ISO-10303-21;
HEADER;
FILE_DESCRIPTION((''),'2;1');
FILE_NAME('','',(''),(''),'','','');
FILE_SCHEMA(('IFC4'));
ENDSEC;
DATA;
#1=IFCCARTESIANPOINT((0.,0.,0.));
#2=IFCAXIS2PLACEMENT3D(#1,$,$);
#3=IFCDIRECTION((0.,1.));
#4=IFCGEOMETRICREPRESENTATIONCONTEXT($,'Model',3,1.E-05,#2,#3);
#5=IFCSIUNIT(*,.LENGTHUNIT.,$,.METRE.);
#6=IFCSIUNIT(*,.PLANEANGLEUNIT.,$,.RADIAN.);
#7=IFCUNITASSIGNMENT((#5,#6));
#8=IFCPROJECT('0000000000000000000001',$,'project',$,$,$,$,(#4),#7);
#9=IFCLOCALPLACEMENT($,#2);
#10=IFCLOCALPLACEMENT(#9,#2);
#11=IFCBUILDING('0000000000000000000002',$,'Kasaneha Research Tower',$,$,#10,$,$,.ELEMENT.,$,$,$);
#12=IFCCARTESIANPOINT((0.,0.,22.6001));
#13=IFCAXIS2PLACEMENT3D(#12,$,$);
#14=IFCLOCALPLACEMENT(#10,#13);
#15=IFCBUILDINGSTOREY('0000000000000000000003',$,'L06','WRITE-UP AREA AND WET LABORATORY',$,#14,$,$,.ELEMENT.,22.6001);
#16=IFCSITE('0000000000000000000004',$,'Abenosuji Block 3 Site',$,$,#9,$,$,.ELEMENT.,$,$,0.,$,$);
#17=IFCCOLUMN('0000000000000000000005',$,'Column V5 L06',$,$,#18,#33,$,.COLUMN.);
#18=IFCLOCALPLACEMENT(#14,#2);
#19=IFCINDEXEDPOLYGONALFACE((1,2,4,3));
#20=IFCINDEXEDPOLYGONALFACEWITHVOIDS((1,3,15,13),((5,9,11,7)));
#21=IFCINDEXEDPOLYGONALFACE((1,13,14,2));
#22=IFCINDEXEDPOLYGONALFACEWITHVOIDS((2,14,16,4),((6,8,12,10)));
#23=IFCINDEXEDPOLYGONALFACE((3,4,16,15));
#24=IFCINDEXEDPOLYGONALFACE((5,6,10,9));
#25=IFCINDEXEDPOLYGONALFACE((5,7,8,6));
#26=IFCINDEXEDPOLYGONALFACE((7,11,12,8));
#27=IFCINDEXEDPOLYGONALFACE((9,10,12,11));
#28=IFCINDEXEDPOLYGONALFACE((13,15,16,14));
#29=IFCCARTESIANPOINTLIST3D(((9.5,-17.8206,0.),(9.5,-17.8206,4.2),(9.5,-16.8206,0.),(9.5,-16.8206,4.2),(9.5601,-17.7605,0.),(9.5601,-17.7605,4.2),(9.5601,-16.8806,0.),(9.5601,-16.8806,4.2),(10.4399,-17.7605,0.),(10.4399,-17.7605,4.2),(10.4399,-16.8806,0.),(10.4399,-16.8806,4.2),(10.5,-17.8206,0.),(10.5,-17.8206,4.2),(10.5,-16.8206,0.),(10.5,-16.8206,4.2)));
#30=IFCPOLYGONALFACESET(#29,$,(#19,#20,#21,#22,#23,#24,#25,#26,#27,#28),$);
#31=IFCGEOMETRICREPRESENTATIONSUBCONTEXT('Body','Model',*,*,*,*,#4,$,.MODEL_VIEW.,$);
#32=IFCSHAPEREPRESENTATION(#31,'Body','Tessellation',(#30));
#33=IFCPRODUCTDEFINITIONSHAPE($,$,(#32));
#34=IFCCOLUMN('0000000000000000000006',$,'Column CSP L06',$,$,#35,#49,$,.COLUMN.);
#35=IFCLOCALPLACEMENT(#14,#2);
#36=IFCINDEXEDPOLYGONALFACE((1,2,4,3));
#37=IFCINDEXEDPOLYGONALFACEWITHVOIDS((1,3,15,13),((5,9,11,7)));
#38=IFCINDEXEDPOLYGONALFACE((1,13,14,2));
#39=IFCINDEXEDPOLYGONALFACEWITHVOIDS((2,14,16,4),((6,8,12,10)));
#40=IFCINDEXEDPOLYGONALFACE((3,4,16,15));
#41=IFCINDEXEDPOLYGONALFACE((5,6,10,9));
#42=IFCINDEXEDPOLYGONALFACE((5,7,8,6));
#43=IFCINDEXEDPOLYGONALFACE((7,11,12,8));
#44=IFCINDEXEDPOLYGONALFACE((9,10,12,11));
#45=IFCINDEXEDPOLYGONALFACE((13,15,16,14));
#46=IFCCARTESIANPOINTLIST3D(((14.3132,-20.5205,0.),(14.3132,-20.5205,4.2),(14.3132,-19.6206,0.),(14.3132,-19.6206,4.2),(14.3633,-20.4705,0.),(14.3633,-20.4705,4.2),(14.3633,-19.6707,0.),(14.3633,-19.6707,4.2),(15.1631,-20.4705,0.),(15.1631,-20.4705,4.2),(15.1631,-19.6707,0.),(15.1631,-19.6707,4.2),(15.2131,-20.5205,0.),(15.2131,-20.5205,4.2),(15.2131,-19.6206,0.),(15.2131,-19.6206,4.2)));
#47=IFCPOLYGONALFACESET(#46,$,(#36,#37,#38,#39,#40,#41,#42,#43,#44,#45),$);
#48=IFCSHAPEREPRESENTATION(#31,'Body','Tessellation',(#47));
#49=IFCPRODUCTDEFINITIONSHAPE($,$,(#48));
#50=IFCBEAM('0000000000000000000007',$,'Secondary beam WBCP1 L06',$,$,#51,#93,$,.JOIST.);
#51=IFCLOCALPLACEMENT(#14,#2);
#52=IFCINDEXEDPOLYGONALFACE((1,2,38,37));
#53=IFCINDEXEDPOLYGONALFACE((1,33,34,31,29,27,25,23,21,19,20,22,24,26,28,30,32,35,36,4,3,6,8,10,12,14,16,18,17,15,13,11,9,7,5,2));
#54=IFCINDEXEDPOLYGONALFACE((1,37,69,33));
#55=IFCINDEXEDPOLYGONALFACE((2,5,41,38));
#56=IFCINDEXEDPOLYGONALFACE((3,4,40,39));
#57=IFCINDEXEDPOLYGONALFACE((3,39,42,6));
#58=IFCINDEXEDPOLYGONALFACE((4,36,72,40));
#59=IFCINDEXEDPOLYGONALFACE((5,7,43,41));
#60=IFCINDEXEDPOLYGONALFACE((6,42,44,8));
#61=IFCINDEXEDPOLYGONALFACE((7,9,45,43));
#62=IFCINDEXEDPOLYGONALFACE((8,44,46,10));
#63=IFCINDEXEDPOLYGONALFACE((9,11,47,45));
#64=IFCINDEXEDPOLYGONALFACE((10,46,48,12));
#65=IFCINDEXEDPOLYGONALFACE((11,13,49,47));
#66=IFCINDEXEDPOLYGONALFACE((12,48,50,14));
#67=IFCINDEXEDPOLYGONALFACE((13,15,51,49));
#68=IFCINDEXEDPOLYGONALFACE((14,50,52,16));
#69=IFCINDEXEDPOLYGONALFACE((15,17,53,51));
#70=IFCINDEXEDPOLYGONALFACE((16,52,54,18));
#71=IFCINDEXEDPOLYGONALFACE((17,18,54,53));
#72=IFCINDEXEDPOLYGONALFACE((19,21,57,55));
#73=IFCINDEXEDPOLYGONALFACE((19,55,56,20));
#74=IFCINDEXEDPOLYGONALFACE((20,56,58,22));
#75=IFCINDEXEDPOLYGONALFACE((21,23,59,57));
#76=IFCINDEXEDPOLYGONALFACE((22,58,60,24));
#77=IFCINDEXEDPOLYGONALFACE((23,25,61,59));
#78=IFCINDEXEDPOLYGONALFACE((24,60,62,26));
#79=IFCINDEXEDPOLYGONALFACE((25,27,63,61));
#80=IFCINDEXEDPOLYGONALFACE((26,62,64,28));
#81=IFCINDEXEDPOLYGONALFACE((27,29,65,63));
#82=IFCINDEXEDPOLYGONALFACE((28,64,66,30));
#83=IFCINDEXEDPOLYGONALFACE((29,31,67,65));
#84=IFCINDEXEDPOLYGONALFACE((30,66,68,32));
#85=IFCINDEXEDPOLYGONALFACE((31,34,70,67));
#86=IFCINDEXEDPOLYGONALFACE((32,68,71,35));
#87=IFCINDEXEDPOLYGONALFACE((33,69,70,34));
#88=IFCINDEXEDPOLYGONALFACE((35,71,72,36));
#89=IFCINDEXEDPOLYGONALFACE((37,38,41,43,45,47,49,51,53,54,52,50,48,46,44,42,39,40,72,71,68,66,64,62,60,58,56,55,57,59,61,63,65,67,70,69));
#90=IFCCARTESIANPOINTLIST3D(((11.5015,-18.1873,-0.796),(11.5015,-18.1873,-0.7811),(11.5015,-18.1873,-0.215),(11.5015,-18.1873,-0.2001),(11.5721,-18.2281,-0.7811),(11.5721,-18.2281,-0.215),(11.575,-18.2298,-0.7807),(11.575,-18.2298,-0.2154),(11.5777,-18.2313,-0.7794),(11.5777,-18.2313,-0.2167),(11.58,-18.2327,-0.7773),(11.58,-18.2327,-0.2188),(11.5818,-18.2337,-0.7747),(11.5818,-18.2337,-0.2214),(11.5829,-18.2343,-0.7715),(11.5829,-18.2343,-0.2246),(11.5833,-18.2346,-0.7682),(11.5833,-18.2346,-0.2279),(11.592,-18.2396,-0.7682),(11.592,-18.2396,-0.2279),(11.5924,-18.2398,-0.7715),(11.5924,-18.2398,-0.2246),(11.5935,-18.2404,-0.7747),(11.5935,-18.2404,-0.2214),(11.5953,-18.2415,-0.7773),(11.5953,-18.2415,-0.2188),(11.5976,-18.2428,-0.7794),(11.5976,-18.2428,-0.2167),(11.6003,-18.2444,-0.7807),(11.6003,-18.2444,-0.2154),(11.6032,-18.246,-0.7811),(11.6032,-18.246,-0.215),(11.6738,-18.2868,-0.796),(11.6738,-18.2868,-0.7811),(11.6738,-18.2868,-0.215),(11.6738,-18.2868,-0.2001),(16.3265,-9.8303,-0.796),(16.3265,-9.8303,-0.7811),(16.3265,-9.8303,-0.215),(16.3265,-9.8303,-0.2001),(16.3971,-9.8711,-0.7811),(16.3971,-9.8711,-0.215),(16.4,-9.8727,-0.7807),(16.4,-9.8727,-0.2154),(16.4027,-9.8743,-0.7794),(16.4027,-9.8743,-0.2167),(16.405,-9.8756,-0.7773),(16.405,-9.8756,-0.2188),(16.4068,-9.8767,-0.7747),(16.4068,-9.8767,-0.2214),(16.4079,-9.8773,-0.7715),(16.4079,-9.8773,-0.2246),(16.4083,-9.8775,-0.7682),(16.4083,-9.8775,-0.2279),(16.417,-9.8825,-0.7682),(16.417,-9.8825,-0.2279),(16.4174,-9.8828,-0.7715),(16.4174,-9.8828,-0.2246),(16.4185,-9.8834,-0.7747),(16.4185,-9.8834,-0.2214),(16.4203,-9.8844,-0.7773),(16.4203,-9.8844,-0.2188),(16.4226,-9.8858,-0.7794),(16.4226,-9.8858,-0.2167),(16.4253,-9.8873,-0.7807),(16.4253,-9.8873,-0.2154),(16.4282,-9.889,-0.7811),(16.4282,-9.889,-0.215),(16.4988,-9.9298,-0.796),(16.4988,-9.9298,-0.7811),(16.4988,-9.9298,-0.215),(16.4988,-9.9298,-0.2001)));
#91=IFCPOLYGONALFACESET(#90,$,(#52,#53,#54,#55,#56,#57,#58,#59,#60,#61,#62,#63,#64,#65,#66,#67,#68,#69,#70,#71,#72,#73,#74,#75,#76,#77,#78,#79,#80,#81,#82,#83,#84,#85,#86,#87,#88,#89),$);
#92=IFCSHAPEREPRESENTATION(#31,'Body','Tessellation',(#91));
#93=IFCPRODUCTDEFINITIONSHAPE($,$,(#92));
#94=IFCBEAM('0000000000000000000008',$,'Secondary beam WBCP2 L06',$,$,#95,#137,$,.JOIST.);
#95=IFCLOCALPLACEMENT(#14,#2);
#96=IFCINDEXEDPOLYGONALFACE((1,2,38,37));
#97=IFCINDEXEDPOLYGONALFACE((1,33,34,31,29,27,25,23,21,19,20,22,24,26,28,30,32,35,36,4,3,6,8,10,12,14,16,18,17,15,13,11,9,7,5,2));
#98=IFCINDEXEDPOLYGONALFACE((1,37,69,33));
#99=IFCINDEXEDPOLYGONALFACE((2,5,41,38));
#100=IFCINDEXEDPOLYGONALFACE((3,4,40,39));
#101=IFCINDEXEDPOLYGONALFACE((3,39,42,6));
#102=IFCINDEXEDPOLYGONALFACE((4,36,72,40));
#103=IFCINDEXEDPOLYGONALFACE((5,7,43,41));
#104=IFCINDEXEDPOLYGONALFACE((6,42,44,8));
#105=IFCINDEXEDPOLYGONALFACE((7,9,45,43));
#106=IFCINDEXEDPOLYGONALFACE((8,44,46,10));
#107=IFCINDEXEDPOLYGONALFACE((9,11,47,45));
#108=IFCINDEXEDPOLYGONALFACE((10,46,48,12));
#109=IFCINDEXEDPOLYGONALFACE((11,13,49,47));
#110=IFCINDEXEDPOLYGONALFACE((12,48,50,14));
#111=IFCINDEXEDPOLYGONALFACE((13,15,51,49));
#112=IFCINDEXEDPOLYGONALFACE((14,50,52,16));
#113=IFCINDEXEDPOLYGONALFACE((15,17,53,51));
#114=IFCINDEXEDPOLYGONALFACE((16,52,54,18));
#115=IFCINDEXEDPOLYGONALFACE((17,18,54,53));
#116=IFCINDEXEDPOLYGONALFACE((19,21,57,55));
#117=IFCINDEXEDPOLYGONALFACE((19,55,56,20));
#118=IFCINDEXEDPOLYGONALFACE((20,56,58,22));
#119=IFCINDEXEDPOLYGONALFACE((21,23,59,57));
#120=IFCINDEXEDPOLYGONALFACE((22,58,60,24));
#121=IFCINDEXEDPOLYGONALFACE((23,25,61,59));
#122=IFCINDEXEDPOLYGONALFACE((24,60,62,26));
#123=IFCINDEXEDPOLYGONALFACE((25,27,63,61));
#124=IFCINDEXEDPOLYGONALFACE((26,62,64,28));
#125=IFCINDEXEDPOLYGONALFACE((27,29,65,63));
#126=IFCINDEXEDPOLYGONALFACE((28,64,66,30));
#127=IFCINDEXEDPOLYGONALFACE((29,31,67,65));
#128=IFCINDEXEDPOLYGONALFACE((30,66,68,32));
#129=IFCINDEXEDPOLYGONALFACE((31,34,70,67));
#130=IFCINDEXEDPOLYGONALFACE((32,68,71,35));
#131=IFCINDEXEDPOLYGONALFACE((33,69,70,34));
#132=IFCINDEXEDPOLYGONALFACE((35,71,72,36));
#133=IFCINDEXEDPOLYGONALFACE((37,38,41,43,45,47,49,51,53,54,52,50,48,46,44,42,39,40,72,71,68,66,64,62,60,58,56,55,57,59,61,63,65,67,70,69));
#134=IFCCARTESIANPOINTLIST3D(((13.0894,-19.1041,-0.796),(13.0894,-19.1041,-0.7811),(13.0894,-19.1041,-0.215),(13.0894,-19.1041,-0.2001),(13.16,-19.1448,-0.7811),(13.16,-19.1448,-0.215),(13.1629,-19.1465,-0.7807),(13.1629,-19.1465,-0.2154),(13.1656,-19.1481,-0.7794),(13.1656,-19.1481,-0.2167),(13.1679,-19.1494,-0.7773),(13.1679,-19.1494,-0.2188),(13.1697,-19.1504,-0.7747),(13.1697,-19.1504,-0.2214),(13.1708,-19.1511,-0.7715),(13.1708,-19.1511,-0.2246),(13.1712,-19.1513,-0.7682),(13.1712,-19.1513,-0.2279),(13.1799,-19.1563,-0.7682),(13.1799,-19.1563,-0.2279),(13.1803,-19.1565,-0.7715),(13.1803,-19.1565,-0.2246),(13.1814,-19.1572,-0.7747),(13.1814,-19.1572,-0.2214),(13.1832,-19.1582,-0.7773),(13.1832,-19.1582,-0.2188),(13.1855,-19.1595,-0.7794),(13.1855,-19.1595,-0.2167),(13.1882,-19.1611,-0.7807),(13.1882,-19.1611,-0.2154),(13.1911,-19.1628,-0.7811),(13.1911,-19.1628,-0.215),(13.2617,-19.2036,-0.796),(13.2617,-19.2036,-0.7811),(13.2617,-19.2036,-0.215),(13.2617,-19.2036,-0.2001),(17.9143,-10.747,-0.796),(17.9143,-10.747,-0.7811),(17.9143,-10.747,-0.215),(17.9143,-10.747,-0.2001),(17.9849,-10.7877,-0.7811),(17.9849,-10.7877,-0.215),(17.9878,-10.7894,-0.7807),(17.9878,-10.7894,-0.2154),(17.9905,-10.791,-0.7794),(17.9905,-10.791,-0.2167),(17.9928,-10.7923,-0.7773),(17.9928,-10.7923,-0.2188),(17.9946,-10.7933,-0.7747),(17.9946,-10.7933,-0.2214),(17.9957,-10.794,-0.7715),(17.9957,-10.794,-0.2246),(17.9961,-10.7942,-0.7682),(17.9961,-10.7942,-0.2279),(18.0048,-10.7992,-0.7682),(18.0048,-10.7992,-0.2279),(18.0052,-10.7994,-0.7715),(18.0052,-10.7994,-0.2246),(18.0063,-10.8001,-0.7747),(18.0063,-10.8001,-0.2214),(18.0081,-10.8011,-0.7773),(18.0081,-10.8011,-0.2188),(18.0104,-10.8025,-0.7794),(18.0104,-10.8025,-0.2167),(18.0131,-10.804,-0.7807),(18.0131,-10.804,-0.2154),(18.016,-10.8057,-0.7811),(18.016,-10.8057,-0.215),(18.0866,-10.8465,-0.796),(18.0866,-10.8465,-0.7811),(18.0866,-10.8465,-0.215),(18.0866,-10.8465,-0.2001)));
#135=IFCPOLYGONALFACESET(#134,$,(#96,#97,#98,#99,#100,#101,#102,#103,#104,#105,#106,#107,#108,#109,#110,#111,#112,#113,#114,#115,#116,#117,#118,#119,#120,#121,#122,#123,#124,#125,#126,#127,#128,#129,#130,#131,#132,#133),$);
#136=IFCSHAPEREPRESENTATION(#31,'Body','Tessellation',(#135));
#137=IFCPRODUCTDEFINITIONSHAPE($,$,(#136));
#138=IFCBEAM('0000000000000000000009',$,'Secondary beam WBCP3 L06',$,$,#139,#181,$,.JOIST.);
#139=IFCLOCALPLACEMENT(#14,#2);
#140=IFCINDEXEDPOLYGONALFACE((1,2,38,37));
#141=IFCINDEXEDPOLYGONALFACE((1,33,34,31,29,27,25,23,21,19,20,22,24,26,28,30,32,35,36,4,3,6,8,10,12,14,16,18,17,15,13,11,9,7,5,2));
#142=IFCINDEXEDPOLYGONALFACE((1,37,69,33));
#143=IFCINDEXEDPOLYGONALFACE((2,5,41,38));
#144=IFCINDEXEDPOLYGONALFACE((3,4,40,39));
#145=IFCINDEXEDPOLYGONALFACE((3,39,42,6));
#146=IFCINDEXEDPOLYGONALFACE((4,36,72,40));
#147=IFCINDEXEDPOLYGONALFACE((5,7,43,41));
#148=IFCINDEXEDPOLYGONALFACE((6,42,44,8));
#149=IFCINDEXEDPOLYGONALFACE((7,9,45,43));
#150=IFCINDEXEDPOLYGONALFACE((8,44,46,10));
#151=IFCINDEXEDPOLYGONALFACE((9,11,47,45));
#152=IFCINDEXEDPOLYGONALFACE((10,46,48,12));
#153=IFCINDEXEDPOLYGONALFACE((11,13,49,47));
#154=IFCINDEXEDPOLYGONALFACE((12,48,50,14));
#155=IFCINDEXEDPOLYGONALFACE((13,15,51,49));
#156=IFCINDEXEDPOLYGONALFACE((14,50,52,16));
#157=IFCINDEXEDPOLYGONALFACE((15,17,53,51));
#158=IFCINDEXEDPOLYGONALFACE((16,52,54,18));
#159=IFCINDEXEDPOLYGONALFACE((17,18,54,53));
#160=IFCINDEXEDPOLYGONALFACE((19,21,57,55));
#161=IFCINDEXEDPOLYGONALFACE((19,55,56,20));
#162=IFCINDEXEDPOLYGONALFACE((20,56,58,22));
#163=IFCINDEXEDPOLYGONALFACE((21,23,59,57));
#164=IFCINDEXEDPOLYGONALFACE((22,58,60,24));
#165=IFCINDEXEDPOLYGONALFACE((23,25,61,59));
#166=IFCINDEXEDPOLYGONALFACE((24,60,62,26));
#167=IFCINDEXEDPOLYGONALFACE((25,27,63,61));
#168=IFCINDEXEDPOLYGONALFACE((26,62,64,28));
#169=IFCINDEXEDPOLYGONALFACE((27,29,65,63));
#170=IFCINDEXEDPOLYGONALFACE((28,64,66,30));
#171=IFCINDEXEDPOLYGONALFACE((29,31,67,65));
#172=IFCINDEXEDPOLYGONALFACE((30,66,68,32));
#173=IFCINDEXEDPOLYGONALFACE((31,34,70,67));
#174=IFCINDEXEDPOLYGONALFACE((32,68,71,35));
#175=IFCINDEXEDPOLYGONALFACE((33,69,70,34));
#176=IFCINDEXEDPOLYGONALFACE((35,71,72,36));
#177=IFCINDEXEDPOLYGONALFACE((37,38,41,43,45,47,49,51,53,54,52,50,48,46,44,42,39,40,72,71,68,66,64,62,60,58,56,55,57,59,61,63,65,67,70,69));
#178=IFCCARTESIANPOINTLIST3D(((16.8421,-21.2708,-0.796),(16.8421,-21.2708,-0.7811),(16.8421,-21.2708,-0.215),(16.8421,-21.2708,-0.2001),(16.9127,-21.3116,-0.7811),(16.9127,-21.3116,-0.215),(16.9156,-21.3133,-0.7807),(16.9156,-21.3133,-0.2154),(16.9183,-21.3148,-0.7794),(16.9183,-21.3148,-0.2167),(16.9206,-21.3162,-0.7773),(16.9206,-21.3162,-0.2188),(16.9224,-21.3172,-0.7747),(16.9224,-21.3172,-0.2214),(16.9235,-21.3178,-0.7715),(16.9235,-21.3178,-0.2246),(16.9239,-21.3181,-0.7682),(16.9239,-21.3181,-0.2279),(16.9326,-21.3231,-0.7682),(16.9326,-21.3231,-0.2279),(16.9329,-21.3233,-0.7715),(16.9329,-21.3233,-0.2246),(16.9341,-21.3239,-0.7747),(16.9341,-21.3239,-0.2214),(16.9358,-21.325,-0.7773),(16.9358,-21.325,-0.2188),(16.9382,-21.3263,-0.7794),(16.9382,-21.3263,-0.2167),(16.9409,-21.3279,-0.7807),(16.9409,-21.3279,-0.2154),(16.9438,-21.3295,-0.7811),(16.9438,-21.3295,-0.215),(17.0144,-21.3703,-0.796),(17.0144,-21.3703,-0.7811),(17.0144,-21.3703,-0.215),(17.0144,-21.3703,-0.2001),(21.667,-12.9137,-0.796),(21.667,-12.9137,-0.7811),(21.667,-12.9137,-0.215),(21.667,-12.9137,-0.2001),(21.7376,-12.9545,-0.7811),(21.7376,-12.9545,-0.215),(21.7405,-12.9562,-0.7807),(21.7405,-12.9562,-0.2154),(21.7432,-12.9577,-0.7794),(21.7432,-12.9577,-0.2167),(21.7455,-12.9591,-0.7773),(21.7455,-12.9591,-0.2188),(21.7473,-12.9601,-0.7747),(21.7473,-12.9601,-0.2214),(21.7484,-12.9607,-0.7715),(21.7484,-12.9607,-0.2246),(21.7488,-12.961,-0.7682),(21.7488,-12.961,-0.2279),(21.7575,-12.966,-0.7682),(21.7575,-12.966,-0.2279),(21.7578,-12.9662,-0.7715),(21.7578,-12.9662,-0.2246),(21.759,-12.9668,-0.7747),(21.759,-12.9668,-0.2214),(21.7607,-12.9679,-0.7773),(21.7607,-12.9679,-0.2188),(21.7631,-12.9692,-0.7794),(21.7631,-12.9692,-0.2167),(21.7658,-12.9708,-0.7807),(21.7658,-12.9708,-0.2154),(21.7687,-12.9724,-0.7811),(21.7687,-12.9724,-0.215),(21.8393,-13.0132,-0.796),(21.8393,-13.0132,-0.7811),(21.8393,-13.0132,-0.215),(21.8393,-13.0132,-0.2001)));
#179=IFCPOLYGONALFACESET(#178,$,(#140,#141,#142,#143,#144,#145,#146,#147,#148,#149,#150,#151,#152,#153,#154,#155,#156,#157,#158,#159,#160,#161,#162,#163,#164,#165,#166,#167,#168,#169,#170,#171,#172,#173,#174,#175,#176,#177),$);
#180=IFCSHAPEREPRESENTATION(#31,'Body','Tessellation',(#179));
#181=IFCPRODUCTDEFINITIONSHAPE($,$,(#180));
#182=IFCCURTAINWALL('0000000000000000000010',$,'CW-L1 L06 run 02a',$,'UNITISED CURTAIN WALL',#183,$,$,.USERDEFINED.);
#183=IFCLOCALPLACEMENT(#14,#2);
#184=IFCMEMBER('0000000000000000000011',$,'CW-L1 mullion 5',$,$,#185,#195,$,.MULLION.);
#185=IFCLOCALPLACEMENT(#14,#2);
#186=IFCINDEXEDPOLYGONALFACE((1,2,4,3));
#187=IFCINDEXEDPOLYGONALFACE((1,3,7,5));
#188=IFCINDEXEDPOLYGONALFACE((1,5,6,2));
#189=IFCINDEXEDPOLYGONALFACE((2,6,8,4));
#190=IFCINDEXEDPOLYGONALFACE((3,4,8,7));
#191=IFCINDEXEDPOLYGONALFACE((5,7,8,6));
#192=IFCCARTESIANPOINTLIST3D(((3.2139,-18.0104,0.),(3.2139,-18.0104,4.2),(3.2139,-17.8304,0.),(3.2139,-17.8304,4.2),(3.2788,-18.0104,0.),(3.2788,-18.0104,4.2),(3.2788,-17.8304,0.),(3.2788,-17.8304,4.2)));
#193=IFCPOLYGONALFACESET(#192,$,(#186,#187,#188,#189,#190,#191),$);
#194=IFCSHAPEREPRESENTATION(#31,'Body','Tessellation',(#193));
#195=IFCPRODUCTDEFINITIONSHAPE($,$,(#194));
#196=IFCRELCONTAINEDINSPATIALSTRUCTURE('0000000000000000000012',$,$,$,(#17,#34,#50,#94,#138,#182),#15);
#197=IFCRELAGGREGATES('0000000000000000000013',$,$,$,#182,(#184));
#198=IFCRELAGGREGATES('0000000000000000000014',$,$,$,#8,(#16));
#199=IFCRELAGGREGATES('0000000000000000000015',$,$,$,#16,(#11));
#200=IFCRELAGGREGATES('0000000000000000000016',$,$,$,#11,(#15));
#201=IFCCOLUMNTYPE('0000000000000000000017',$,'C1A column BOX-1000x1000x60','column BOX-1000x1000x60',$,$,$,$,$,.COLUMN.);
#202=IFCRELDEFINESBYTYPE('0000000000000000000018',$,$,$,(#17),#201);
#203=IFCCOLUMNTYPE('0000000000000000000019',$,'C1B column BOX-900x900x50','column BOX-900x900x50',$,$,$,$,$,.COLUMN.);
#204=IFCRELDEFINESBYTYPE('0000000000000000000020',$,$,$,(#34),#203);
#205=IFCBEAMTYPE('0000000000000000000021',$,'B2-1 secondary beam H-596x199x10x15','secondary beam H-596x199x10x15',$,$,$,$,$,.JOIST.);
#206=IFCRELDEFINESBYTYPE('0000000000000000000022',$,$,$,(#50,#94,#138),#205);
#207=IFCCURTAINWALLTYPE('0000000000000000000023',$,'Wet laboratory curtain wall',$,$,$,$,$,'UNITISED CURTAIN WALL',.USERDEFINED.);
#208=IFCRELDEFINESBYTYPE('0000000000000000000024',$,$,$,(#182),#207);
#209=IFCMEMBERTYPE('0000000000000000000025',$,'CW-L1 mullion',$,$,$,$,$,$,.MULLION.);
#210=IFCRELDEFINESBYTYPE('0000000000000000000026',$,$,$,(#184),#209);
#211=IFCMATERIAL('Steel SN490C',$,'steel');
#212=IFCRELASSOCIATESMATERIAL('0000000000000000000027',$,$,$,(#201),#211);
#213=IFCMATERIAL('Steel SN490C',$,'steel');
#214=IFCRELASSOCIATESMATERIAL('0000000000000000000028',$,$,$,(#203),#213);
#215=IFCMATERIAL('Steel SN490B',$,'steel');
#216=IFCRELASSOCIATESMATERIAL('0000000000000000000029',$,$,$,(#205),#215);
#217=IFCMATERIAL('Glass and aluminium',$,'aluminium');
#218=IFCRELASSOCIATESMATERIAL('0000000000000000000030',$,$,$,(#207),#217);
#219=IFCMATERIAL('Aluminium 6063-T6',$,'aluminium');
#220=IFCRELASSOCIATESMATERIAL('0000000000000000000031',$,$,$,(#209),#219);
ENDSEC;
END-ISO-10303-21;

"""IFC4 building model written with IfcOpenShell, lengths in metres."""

from ifc_helpers import new_model, si_unit, direction, frame, origin, origin_2d, place, context, subcontext, project, spatial, rectangle, hollow_rectangle, i_section, extrude, material, material_profile, profile_set, type_object, element, aggregate, save


model = new_model("IFC4")

# Units and contexts
model_context = context("Model", 3, precision=1e-05, world=origin(), true_north=direction((0.0, 1.0)))
body_context = subcontext(model_context, "Body", "Model", "MODEL_VIEW")
ifc_project = project(units=[si_unit("LENGTHUNIT", "METRE"), si_unit("PLANEANGLEUNIT", "RADIAN")], contexts=[model_context])

# Site, building, storey
site_placement = place(None, origin())
site = spatial("IfcSite", under=ifc_project, at=site_placement, Name="Abenosuji Block 3 Site", CompositionType="ELEMENT", RefElevation=0.0)
building_placement = place(site_placement, origin())
building = spatial("IfcBuilding", under=site, at=building_placement, Name="Kasaneha Research Tower", CompositionType="ELEMENT")
storey_placement = place(building_placement, frame((0.0, 0.0, 22.6001)))
storey = spatial("IfcBuildingStorey", under=building, at=storey_placement, Name="L06", Description="WRITE-UP AREA AND WET LABORATORY", CompositionType="ELEMENT", Elevation=22.6001)

# Columns
ifc_material_1 = material(Name="Steel SN490C", Category="steel")
ifc_material_profile_1 = material_profile(ifc_material_1, hollow_rectangle(XDim=1.0, YDim=1.0, WallThickness=0.0601, at=origin_2d()), Name="BOX-1000x1000x60")
ifc_profile_set_1 = profile_set([ifc_material_profile_1], Name="Steel SN490C")
column_type_1 = type_object("IfcColumnType", Name="C1A column BOX-1000x1000x60", Description="column BOX-1000x1000x60", PredefinedType="COLUMN", material=ifc_profile_set_1)
column_1_placement = place(storey_placement, frame((10.0, -17.3206, 0.0), z_axis=(0.0, 0.0, 1.0), x_axis=(1.0, 0.0, 0.0)))
element("IfcColumn", 1, at=column_1_placement, inside=storey, type_object=column_type_1, Name="Column V5 L06", PredefinedType="COLUMN", context=body_context, shape_type="SweptSolid", body=[
    extrude(hollow_rectangle(XDim=1.0, YDim=1.0, WallThickness=0.0601, at=origin_2d()), origin(), (0.0, 0.0, 1.0), 4.2),
])
ifc_material_2 = material(Name="Steel SN490C", Category="steel")
ifc_material_profile_2 = material_profile(ifc_material_2, hollow_rectangle(XDim=0.8999, YDim=0.8999, WallThickness=0.05, at=origin_2d()), Name="BOX-900x900x50")
ifc_profile_set_2 = profile_set([ifc_material_profile_2], Name="Steel SN490C")
column_type_2 = type_object("IfcColumnType", Name="C1B column BOX-900x900x50", Description="column BOX-900x900x50", PredefinedType="COLUMN", material=ifc_profile_set_2)
column_2_placement = place(storey_placement, frame((14.7632, -20.0706, 0.0), z_axis=(0.0, 0.0, 1.0), x_axis=(1.0, 0.0, 0.0)))
element("IfcColumn", 2, at=column_2_placement, inside=storey, type_object=column_type_2, Name="Column CSP L06", PredefinedType="COLUMN", context=body_context, shape_type="SweptSolid", body=[
    extrude(hollow_rectangle(XDim=0.8999, YDim=0.8999, WallThickness=0.05, at=origin_2d()), origin(), (0.0, 0.0, 1.0), 4.2),
])

# Beams
ifc_material_3 = material(Name="Steel SN490B", Category="steel")
ifc_material_profile_3 = material_profile(ifc_material_3, i_section(OverallWidth=0.199, OverallDepth=0.5959, WebThickness=0.01, FlangeThickness=0.0149, FilletRadius=0.0129, at=origin_2d()), Name="H-596x199x10x15")
ifc_profile_set_3 = profile_set([ifc_material_profile_3], Name="Steel SN490B")
beam_type_1 = type_object("IfcBeamType", Name="B2-1 secondary beam H-596x199x10x15", Description="secondary beam H-596x199x10x15", PredefinedType="JOIST", material=ifc_profile_set_3)
for number, where, z_axis, x_axis, name in (
    (3, (11.5876, -18.2371, -0.498), (0.500006, 0.866022, 0.0), (-0.866022, 0.500006, 0.0), "Secondary beam WBCP1 L06"),
    (4, (13.1755, -19.1538, -0.498), (0.499995, 0.866028, 0.0), (-0.866028, 0.499995, 0.0), "Secondary beam WBCP2 L06"),
    (5, (16.9282, -21.3206, -0.498), (0.499995, 0.866028, 0.0), (-0.866028, 0.499995, 0.0), "Secondary beam WBCP3 L06"),
):
    element("IfcBeam", number, at=place(storey_placement, frame(where, z_axis=z_axis, x_axis=x_axis)), inside=storey, type_object=beam_type_1, Name=name, PredefinedType="JOIST", context=body_context, shape_type="SweptSolid", body=[
        extrude(i_section(OverallWidth=0.199, OverallDepth=0.5959, WebThickness=0.01, FlangeThickness=0.0149, FilletRadius=0.0129, at=origin_2d()), origin(), (0.0, 0.0, 1.0), 9.6499),
    ])

# Curtain wall, member
ifc_material_4 = material(Name="Glass and aluminium", Category="aluminium")
curtain_wall_type = type_object("IfcCurtainWallType", Name="Wet laboratory curtain wall", ElementType="UNITISED CURTAIN WALL", PredefinedType="USERDEFINED", material=ifc_material_4)
curtain_wall_1_placement = place(storey_placement, origin())
curtain_wall_1 = element("IfcCurtainWall", 6, at=curtain_wall_1_placement, inside=storey, type_object=curtain_wall_type, Name="CW-L1 L06 run 02a", ObjectType="UNITISED CURTAIN WALL", PredefinedType="USERDEFINED")
ifc_material_5 = material(Name="Aluminium 6063-T6", Category="aluminium")
ifc_material_profile_4 = material_profile(ifc_material_5, rectangle(XDim=0.0649, YDim=0.1799, at=origin_2d()), Name="CW-L1 mullion 65x180")
ifc_profile_set_4 = profile_set([ifc_material_profile_4], Name="Aluminium 6063-T6")
member_type_1 = type_object("IfcMemberType", Name="CW-L1 mullion", PredefinedType="MULLION", material=ifc_profile_set_4)
member_1_placement = place(storey_placement, frame((3.2463, -17.9204, 0.0), z_axis=(0.0, 0.0, 1.0), x_axis=(1.0, 0.0, 0.0)))
member_1 = element("IfcMember", 7, at=member_1_placement, type_object=member_type_1, Name="CW-L1 mullion 5", PredefinedType="MULLION", context=body_context, shape_type="SweptSolid", body=[
    extrude(rectangle(XDim=0.0649, YDim=0.1799, at=origin_2d()), origin(), (0.0, 0.0, 1.0), 4.2),
])

aggregate(curtain_wall_1, [member_1])

save(model, "model.ifc")
